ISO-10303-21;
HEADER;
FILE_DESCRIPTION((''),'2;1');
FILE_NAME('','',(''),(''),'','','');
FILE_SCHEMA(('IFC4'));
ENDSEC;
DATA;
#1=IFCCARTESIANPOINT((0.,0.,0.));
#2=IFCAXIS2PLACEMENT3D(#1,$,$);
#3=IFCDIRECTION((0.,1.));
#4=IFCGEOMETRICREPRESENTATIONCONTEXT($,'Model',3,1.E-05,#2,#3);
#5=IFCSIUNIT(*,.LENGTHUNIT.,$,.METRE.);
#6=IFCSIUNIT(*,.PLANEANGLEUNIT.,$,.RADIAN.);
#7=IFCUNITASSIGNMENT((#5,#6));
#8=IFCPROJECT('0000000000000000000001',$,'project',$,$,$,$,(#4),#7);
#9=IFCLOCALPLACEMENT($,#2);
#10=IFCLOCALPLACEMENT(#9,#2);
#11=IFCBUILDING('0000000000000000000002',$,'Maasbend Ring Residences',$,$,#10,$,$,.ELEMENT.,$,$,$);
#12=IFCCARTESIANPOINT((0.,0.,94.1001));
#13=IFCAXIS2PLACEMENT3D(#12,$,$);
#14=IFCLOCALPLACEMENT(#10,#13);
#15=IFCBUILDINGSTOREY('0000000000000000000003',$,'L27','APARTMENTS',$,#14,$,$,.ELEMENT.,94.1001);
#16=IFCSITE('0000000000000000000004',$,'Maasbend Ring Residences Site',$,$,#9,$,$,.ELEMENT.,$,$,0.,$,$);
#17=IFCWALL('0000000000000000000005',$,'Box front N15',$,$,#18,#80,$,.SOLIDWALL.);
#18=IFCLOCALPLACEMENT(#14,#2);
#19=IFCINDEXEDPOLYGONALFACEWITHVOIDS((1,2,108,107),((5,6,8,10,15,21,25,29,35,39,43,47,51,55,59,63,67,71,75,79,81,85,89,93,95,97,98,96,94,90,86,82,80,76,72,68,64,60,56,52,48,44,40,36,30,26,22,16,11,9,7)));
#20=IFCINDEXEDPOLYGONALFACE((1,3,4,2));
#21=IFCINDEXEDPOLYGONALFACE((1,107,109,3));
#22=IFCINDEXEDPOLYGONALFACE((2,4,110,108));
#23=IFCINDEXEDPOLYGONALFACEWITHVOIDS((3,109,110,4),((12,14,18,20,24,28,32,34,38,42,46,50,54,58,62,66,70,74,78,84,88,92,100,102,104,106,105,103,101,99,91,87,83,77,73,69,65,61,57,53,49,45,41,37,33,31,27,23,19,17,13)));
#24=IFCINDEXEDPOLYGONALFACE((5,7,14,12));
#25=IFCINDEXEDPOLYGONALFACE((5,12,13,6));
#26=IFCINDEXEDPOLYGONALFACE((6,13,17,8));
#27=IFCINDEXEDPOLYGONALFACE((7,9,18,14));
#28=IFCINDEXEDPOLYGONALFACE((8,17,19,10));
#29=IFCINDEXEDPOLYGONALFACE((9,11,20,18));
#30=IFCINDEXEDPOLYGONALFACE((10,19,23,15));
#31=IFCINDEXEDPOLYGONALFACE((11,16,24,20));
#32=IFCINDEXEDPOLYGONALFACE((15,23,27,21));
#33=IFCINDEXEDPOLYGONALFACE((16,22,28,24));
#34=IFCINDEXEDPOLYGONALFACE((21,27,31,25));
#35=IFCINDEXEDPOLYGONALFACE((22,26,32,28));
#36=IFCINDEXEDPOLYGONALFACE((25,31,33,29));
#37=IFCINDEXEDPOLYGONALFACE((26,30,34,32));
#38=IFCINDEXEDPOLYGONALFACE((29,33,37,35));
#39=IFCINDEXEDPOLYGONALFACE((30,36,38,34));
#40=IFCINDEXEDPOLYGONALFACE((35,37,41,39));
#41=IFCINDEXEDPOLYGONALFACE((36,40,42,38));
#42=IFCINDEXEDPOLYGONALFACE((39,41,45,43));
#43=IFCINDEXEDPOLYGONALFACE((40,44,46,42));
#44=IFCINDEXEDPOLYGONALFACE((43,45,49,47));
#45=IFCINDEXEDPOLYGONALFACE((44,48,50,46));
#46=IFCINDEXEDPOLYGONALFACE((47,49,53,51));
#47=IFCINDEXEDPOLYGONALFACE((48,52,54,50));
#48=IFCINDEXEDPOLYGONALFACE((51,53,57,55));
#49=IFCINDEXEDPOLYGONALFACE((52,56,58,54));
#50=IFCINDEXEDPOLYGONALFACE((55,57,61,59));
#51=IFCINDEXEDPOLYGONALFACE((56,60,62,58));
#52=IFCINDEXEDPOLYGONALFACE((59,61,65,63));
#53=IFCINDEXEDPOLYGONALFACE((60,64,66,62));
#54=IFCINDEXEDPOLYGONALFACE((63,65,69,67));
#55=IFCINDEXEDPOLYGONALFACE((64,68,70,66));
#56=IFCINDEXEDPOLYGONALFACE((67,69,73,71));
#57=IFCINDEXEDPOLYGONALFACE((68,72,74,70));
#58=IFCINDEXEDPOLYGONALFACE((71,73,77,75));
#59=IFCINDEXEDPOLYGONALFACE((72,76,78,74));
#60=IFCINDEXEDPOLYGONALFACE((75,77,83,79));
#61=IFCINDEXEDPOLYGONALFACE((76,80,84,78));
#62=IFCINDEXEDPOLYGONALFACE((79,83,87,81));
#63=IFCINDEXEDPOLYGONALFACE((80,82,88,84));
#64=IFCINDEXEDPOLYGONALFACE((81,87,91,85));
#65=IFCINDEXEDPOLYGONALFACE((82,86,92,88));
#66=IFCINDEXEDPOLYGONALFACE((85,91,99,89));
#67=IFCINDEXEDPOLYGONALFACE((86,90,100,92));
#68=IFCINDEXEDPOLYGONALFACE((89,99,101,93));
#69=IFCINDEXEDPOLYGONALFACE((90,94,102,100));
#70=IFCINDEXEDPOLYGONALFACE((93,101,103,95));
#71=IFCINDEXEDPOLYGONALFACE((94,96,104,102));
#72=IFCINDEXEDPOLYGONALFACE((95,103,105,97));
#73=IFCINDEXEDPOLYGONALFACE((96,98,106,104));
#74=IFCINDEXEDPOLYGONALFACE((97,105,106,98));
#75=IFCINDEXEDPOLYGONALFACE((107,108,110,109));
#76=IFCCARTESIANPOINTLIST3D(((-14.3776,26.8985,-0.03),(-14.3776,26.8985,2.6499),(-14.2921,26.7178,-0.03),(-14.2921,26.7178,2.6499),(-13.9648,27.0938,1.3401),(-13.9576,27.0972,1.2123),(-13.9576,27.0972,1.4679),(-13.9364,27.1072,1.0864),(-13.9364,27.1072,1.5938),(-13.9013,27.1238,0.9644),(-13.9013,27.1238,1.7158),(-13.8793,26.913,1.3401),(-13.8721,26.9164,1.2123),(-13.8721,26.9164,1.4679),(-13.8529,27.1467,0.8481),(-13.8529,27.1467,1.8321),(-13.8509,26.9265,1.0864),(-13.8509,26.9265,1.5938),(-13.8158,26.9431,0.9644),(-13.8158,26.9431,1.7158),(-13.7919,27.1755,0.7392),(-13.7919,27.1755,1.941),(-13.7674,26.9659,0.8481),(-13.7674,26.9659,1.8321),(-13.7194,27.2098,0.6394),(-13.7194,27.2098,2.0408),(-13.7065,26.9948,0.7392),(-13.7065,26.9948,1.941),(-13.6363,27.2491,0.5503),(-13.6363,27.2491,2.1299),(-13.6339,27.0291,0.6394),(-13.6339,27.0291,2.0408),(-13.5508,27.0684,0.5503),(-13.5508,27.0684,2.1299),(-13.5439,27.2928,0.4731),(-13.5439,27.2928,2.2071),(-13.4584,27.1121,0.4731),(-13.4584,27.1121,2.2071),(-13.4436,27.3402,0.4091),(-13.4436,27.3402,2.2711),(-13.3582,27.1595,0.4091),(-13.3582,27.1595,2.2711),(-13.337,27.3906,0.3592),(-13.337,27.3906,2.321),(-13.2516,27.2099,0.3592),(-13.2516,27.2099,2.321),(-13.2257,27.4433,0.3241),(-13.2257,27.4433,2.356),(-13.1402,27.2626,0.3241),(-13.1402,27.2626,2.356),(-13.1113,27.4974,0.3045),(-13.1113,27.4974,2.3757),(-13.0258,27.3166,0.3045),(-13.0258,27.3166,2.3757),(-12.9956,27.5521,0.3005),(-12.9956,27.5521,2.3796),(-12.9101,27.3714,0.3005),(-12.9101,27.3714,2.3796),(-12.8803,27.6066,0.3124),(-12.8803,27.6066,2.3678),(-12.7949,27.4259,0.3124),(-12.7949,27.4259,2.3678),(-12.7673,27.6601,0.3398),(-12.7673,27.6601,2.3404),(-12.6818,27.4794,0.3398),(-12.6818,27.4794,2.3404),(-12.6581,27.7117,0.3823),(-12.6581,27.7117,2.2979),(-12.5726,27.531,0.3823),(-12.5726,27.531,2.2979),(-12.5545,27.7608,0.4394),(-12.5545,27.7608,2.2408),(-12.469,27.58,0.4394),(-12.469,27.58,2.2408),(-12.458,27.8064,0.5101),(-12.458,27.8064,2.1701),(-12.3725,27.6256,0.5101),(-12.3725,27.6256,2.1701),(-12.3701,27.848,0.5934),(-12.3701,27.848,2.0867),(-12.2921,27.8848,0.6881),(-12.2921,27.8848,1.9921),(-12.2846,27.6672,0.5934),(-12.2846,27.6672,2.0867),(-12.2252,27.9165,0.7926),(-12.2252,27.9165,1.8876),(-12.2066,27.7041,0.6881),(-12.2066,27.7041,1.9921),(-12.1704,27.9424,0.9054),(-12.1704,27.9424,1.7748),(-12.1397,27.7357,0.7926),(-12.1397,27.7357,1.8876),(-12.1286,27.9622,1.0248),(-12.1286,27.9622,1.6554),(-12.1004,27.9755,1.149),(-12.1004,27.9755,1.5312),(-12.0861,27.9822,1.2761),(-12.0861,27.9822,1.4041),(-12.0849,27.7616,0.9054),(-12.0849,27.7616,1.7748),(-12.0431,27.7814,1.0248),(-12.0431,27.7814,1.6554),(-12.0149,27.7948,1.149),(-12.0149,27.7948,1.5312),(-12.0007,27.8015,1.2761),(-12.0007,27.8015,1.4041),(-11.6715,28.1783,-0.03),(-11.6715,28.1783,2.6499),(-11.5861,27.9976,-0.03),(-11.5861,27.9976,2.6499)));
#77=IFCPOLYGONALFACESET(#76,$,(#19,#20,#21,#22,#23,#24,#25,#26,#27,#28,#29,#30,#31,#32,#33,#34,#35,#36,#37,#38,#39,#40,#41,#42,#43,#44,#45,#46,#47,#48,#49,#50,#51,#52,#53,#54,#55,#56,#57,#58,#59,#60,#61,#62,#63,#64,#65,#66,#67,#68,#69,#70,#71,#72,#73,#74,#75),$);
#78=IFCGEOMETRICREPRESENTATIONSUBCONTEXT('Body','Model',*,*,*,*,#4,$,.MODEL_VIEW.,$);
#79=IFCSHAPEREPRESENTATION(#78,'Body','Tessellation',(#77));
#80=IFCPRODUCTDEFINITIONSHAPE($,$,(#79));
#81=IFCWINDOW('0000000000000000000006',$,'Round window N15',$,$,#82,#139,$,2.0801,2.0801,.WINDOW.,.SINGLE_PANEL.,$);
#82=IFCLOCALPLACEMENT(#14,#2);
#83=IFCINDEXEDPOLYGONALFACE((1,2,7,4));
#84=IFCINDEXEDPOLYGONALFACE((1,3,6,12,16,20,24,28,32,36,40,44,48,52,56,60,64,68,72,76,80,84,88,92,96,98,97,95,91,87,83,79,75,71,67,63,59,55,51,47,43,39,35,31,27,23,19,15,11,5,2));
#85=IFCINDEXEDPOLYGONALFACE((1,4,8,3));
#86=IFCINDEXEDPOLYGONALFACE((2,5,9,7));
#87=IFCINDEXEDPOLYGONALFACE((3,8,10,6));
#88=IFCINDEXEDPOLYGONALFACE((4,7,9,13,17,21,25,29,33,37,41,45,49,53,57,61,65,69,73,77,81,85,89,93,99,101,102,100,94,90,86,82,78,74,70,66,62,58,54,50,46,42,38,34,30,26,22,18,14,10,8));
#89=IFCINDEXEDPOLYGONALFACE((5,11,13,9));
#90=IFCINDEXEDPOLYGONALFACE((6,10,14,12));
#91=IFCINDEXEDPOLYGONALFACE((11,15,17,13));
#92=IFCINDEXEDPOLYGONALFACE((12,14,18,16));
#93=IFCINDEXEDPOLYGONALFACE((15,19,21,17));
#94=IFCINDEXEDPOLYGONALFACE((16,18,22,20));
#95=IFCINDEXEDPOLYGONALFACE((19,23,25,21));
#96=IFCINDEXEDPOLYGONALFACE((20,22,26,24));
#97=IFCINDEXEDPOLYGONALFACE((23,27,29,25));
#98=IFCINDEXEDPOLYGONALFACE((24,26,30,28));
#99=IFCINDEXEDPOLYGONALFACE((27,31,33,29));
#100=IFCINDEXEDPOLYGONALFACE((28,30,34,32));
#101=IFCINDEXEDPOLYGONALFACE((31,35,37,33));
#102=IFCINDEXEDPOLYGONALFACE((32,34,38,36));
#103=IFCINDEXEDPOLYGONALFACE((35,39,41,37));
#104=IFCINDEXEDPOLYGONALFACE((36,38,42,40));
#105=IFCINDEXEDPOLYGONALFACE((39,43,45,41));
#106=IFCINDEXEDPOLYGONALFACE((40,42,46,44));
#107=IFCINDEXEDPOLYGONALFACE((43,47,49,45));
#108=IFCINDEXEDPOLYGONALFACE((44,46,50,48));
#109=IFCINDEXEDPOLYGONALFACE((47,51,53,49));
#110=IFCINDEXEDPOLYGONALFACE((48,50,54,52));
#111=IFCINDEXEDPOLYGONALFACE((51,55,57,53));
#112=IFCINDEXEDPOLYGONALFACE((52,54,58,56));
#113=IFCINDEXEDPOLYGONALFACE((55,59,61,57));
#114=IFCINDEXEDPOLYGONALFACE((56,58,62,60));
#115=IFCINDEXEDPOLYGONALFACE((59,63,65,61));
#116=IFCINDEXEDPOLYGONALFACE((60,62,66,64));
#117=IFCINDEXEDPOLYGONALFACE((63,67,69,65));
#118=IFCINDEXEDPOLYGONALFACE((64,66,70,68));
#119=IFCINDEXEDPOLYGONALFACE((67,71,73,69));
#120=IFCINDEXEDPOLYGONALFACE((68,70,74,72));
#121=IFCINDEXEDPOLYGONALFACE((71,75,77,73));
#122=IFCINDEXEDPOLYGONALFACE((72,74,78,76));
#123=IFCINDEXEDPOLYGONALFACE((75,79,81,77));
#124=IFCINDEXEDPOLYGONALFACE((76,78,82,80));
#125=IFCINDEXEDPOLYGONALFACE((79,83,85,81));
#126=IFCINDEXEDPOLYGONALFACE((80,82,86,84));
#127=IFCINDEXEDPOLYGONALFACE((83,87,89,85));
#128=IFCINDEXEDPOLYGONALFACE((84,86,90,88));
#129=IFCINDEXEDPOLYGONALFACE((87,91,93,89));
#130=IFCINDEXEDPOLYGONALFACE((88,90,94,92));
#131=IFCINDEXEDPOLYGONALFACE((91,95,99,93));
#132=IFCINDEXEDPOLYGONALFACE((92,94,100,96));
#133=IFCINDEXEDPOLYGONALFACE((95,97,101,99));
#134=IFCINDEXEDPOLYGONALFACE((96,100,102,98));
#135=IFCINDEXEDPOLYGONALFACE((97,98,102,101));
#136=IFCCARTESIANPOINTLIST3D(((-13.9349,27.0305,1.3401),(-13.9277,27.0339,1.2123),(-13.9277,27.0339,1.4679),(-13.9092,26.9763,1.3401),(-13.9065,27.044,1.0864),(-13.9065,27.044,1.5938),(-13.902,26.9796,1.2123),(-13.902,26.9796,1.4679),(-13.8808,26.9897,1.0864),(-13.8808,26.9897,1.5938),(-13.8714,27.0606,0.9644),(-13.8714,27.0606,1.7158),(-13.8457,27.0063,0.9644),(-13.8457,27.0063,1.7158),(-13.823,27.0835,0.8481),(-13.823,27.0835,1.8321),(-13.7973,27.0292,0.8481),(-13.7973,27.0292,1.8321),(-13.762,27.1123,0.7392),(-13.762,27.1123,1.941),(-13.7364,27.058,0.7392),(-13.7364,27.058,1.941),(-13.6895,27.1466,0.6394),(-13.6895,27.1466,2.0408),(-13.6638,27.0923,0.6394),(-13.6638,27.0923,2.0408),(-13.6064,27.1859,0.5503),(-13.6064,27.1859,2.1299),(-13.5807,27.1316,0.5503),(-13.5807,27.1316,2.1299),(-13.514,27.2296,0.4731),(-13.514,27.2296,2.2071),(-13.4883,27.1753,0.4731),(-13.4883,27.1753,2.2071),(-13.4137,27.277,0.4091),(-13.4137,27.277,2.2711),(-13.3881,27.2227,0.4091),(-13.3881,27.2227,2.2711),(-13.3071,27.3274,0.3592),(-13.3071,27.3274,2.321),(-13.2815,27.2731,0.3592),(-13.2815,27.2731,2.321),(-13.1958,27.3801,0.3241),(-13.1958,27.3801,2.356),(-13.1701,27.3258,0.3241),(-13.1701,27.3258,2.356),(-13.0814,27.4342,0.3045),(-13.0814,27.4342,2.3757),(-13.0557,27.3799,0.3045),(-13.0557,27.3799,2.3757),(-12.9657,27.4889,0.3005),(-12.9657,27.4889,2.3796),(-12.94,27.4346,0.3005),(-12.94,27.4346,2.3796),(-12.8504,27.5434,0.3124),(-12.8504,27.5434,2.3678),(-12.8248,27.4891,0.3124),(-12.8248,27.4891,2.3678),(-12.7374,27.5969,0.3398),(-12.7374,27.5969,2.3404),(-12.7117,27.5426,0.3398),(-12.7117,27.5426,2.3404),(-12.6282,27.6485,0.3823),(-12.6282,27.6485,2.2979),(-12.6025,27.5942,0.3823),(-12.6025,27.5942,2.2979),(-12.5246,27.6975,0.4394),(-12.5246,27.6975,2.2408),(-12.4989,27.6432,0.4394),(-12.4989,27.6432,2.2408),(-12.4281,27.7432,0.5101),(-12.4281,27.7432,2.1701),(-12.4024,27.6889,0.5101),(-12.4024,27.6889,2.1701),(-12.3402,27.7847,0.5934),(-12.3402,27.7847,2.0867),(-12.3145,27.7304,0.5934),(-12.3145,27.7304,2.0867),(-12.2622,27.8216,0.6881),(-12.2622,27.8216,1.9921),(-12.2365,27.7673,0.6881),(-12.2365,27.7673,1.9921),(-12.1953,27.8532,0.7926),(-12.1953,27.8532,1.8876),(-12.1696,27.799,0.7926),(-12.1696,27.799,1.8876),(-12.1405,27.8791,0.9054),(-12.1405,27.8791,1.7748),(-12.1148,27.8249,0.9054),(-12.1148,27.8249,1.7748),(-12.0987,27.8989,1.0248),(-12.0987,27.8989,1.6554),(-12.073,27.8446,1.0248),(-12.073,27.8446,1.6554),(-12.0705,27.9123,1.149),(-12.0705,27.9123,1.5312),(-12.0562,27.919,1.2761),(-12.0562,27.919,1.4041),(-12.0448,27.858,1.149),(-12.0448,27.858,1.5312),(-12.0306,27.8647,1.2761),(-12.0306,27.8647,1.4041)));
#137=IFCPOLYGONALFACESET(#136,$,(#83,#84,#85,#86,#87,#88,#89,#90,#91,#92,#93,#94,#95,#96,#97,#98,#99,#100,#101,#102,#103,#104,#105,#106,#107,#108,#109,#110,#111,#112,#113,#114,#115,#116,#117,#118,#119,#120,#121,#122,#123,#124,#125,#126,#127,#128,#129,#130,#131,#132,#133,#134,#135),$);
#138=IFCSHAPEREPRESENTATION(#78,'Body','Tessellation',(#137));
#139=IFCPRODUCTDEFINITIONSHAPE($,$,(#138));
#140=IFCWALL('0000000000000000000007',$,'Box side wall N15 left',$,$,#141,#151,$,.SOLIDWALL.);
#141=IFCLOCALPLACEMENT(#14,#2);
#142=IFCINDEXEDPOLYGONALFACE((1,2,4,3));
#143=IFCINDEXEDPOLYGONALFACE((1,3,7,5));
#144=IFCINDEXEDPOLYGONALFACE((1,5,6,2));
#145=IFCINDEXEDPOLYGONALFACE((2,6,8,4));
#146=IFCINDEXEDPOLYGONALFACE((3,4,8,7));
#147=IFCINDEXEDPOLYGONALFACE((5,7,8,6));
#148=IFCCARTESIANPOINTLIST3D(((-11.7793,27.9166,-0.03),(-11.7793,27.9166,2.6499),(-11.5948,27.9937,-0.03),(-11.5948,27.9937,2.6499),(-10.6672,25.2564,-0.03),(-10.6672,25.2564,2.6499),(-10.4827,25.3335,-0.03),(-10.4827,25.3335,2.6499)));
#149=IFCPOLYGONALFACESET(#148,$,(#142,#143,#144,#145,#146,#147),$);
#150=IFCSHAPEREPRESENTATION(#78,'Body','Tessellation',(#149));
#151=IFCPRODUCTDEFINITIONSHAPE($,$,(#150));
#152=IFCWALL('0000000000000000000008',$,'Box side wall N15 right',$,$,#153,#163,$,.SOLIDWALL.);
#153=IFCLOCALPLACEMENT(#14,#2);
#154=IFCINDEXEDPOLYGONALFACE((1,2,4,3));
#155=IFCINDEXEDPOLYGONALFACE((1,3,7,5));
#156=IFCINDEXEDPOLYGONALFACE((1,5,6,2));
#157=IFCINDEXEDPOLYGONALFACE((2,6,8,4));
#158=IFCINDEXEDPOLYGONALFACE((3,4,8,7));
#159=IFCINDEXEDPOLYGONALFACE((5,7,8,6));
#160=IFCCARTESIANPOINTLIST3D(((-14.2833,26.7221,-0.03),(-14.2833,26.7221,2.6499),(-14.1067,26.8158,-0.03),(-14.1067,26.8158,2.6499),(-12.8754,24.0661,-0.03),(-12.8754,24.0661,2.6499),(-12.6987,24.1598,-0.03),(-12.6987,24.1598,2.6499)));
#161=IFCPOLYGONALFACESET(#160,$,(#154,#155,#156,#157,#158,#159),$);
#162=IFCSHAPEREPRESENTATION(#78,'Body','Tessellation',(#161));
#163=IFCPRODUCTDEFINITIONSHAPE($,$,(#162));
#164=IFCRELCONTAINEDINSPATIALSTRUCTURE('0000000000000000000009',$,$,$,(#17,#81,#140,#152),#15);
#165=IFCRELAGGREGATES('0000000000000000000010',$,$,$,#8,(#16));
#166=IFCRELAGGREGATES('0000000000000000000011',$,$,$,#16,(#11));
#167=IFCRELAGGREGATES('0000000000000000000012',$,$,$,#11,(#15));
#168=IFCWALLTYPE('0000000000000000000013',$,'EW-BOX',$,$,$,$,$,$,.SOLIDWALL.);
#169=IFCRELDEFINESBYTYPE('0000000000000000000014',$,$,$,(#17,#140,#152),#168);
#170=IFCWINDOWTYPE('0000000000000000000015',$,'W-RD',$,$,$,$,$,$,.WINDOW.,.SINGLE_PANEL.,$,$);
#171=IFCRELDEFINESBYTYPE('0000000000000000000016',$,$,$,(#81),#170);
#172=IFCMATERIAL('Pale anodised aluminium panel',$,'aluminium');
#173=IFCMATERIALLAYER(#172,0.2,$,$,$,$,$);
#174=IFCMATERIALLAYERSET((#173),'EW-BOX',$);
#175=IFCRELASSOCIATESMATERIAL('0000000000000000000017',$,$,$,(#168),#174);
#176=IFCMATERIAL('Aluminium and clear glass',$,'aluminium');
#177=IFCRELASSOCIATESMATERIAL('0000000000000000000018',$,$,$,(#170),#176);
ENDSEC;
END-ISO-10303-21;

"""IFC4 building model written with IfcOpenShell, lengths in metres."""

from ifc_helpers import new_model, si_unit, direction, frame, frame_2d, origin, place, context, subcontext, project, spatial, rectangle, circle, extrude, material, layer, layer_set, type_object, element, fill, save


model = new_model("IFC4")

# Units and contexts
model_context = context("Model", 3, precision=1e-05, world=origin(), true_north=direction((0.0, 1.0)))
body_context = subcontext(model_context, "Body", "Model", "MODEL_VIEW")
ifc_project = project(units=[si_unit("LENGTHUNIT", "METRE"), si_unit("PLANEANGLEUNIT", "RADIAN")], contexts=[model_context])

# Site, building, storey
site_placement = place(None, origin())
site = spatial("IfcSite", under=ifc_project, at=site_placement, Name="Maasbend Ring Residences Site", CompositionType="ELEMENT", RefElevation=0.0)
building_placement = place(site_placement, origin())
building = spatial("IfcBuilding", under=site, at=building_placement, Name="Maasbend Ring Residences", CompositionType="ELEMENT")
storey_placement = place(building_placement, frame((0.0, 0.0, 94.1001)))
storey = spatial("IfcBuildingStorey", under=building, at=storey_placement, Name="L27", Description="APARTMENTS", CompositionType="ELEMENT", Elevation=94.1001)

# Wall, opening, window
ifc_material_1 = material(Name="Pale anodised aluminium panel", Category="aluminium")
ifc_layer_1 = layer(ifc_material_1, 0.2)
ifc_layer_set_1 = layer_set([ifc_layer_1], Name="EW-BOX")
wall_type_1 = type_object("IfcWallType", Name="EW-BOX", PredefinedType="SOLIDWALL", material=ifc_layer_set_1)
wall_1_placement = place(storey_placement, frame((-11.6289, 28.0879, -0.03), z_axis=(0.0, 0.0, 1.0), x_axis=(-0.904, -0.427532, 0.0)))
wall_1 = element("IfcWall", 1, at=wall_1_placement, inside=storey, type_object=wall_type_1, Name="Box front N15", PredefinedType="SOLIDWALL", context=body_context, shape_type="SweptSolid", body=[
    extrude(rectangle(XDim=2.9934, YDim=0.2, at=frame_2d((1.4966, 0.0))), origin(), (0.0, 0.0, 1.0), 2.6799),
])
opening_1_placement = place(wall_1_placement, frame((0.4565, 0.0, 0.3301)))
opening_1 = element("IfcOpeningElement", 2, at=opening_1_placement, cuts=wall_1, PredefinedType="OPENING", context=body_context, shape_type="SweptSolid", body=[
    extrude(circle(Radius=1.04, at=frame_2d((1.04, 1.04))), frame((0.0, 0.1099, 0.0), z_axis=(0.0, -1.0, 0.0), x_axis=(1.0, 0.0, 0.0)), (0.0, 0.0, 1.0), 0.22),
])
ifc_material_2 = material(Name="Aluminium and clear glass", Category="aluminium")
window_type_1 = type_object("IfcWindowType", Name="W-RD", PartitioningType="SINGLE_PANEL", PredefinedType="WINDOW", material=ifc_material_2)
window_1_placement = place(opening_1_placement, origin())
window_1 = element("IfcWindow", 3, at=window_1_placement, inside=storey, type_object=window_type_1, Name="Round window N15", OverallHeight=2.0801, OverallWidth=2.0801, PartitioningType="SINGLE_PANEL", PredefinedType="WINDOW", context=body_context, shape_type="SweptSolid", body=[
    extrude(circle(Radius=1.04, at=frame_2d((1.04, 1.04))), frame((0.0, 0.03, 0.0), z_axis=(0.0, -1.0, 0.0), x_axis=(1.0, 0.0, 0.0)), (0.0, 0.0, 1.0), 0.0601),
])
fill(opening_1, window_1)

# Walls
wall_2_placement = place(storey_placement, frame((-10.575, 25.2949, -0.03), z_axis=(0.0, 0.0, 1.0), x_axis=(-0.385697, 0.922625, 0.0)))
element("IfcWall", 4, at=wall_2_placement, inside=storey, type_object=wall_type_1, Name="Box side wall N15 left", PredefinedType="SOLIDWALL", context=body_context, shape_type="SweptSolid", body=[
    extrude(rectangle(XDim=2.8833, YDim=0.2, at=frame_2d((1.4417, 0.0))), origin(), (0.0, 0.0, 1.0), 2.6799),
])
wall_3_placement = place(storey_placement, frame((-12.7871, 24.113, -0.03), z_axis=(0.0, 0.0, 1.0), x_axis=(-0.468365, 0.883535, 0.0)))
element("IfcWall", 5, at=wall_3_placement, inside=storey, type_object=wall_type_1, Name="Box side wall N15 right", PredefinedType="SOLIDWALL", context=body_context, shape_type="SweptSolid", body=[
    extrude(rectangle(XDim=3.0061, YDim=0.2, at=frame_2d((1.5029, 0.0))), origin(), (0.0, 0.0, 1.0), 2.6799),
])

save(model, "model.ifc")
